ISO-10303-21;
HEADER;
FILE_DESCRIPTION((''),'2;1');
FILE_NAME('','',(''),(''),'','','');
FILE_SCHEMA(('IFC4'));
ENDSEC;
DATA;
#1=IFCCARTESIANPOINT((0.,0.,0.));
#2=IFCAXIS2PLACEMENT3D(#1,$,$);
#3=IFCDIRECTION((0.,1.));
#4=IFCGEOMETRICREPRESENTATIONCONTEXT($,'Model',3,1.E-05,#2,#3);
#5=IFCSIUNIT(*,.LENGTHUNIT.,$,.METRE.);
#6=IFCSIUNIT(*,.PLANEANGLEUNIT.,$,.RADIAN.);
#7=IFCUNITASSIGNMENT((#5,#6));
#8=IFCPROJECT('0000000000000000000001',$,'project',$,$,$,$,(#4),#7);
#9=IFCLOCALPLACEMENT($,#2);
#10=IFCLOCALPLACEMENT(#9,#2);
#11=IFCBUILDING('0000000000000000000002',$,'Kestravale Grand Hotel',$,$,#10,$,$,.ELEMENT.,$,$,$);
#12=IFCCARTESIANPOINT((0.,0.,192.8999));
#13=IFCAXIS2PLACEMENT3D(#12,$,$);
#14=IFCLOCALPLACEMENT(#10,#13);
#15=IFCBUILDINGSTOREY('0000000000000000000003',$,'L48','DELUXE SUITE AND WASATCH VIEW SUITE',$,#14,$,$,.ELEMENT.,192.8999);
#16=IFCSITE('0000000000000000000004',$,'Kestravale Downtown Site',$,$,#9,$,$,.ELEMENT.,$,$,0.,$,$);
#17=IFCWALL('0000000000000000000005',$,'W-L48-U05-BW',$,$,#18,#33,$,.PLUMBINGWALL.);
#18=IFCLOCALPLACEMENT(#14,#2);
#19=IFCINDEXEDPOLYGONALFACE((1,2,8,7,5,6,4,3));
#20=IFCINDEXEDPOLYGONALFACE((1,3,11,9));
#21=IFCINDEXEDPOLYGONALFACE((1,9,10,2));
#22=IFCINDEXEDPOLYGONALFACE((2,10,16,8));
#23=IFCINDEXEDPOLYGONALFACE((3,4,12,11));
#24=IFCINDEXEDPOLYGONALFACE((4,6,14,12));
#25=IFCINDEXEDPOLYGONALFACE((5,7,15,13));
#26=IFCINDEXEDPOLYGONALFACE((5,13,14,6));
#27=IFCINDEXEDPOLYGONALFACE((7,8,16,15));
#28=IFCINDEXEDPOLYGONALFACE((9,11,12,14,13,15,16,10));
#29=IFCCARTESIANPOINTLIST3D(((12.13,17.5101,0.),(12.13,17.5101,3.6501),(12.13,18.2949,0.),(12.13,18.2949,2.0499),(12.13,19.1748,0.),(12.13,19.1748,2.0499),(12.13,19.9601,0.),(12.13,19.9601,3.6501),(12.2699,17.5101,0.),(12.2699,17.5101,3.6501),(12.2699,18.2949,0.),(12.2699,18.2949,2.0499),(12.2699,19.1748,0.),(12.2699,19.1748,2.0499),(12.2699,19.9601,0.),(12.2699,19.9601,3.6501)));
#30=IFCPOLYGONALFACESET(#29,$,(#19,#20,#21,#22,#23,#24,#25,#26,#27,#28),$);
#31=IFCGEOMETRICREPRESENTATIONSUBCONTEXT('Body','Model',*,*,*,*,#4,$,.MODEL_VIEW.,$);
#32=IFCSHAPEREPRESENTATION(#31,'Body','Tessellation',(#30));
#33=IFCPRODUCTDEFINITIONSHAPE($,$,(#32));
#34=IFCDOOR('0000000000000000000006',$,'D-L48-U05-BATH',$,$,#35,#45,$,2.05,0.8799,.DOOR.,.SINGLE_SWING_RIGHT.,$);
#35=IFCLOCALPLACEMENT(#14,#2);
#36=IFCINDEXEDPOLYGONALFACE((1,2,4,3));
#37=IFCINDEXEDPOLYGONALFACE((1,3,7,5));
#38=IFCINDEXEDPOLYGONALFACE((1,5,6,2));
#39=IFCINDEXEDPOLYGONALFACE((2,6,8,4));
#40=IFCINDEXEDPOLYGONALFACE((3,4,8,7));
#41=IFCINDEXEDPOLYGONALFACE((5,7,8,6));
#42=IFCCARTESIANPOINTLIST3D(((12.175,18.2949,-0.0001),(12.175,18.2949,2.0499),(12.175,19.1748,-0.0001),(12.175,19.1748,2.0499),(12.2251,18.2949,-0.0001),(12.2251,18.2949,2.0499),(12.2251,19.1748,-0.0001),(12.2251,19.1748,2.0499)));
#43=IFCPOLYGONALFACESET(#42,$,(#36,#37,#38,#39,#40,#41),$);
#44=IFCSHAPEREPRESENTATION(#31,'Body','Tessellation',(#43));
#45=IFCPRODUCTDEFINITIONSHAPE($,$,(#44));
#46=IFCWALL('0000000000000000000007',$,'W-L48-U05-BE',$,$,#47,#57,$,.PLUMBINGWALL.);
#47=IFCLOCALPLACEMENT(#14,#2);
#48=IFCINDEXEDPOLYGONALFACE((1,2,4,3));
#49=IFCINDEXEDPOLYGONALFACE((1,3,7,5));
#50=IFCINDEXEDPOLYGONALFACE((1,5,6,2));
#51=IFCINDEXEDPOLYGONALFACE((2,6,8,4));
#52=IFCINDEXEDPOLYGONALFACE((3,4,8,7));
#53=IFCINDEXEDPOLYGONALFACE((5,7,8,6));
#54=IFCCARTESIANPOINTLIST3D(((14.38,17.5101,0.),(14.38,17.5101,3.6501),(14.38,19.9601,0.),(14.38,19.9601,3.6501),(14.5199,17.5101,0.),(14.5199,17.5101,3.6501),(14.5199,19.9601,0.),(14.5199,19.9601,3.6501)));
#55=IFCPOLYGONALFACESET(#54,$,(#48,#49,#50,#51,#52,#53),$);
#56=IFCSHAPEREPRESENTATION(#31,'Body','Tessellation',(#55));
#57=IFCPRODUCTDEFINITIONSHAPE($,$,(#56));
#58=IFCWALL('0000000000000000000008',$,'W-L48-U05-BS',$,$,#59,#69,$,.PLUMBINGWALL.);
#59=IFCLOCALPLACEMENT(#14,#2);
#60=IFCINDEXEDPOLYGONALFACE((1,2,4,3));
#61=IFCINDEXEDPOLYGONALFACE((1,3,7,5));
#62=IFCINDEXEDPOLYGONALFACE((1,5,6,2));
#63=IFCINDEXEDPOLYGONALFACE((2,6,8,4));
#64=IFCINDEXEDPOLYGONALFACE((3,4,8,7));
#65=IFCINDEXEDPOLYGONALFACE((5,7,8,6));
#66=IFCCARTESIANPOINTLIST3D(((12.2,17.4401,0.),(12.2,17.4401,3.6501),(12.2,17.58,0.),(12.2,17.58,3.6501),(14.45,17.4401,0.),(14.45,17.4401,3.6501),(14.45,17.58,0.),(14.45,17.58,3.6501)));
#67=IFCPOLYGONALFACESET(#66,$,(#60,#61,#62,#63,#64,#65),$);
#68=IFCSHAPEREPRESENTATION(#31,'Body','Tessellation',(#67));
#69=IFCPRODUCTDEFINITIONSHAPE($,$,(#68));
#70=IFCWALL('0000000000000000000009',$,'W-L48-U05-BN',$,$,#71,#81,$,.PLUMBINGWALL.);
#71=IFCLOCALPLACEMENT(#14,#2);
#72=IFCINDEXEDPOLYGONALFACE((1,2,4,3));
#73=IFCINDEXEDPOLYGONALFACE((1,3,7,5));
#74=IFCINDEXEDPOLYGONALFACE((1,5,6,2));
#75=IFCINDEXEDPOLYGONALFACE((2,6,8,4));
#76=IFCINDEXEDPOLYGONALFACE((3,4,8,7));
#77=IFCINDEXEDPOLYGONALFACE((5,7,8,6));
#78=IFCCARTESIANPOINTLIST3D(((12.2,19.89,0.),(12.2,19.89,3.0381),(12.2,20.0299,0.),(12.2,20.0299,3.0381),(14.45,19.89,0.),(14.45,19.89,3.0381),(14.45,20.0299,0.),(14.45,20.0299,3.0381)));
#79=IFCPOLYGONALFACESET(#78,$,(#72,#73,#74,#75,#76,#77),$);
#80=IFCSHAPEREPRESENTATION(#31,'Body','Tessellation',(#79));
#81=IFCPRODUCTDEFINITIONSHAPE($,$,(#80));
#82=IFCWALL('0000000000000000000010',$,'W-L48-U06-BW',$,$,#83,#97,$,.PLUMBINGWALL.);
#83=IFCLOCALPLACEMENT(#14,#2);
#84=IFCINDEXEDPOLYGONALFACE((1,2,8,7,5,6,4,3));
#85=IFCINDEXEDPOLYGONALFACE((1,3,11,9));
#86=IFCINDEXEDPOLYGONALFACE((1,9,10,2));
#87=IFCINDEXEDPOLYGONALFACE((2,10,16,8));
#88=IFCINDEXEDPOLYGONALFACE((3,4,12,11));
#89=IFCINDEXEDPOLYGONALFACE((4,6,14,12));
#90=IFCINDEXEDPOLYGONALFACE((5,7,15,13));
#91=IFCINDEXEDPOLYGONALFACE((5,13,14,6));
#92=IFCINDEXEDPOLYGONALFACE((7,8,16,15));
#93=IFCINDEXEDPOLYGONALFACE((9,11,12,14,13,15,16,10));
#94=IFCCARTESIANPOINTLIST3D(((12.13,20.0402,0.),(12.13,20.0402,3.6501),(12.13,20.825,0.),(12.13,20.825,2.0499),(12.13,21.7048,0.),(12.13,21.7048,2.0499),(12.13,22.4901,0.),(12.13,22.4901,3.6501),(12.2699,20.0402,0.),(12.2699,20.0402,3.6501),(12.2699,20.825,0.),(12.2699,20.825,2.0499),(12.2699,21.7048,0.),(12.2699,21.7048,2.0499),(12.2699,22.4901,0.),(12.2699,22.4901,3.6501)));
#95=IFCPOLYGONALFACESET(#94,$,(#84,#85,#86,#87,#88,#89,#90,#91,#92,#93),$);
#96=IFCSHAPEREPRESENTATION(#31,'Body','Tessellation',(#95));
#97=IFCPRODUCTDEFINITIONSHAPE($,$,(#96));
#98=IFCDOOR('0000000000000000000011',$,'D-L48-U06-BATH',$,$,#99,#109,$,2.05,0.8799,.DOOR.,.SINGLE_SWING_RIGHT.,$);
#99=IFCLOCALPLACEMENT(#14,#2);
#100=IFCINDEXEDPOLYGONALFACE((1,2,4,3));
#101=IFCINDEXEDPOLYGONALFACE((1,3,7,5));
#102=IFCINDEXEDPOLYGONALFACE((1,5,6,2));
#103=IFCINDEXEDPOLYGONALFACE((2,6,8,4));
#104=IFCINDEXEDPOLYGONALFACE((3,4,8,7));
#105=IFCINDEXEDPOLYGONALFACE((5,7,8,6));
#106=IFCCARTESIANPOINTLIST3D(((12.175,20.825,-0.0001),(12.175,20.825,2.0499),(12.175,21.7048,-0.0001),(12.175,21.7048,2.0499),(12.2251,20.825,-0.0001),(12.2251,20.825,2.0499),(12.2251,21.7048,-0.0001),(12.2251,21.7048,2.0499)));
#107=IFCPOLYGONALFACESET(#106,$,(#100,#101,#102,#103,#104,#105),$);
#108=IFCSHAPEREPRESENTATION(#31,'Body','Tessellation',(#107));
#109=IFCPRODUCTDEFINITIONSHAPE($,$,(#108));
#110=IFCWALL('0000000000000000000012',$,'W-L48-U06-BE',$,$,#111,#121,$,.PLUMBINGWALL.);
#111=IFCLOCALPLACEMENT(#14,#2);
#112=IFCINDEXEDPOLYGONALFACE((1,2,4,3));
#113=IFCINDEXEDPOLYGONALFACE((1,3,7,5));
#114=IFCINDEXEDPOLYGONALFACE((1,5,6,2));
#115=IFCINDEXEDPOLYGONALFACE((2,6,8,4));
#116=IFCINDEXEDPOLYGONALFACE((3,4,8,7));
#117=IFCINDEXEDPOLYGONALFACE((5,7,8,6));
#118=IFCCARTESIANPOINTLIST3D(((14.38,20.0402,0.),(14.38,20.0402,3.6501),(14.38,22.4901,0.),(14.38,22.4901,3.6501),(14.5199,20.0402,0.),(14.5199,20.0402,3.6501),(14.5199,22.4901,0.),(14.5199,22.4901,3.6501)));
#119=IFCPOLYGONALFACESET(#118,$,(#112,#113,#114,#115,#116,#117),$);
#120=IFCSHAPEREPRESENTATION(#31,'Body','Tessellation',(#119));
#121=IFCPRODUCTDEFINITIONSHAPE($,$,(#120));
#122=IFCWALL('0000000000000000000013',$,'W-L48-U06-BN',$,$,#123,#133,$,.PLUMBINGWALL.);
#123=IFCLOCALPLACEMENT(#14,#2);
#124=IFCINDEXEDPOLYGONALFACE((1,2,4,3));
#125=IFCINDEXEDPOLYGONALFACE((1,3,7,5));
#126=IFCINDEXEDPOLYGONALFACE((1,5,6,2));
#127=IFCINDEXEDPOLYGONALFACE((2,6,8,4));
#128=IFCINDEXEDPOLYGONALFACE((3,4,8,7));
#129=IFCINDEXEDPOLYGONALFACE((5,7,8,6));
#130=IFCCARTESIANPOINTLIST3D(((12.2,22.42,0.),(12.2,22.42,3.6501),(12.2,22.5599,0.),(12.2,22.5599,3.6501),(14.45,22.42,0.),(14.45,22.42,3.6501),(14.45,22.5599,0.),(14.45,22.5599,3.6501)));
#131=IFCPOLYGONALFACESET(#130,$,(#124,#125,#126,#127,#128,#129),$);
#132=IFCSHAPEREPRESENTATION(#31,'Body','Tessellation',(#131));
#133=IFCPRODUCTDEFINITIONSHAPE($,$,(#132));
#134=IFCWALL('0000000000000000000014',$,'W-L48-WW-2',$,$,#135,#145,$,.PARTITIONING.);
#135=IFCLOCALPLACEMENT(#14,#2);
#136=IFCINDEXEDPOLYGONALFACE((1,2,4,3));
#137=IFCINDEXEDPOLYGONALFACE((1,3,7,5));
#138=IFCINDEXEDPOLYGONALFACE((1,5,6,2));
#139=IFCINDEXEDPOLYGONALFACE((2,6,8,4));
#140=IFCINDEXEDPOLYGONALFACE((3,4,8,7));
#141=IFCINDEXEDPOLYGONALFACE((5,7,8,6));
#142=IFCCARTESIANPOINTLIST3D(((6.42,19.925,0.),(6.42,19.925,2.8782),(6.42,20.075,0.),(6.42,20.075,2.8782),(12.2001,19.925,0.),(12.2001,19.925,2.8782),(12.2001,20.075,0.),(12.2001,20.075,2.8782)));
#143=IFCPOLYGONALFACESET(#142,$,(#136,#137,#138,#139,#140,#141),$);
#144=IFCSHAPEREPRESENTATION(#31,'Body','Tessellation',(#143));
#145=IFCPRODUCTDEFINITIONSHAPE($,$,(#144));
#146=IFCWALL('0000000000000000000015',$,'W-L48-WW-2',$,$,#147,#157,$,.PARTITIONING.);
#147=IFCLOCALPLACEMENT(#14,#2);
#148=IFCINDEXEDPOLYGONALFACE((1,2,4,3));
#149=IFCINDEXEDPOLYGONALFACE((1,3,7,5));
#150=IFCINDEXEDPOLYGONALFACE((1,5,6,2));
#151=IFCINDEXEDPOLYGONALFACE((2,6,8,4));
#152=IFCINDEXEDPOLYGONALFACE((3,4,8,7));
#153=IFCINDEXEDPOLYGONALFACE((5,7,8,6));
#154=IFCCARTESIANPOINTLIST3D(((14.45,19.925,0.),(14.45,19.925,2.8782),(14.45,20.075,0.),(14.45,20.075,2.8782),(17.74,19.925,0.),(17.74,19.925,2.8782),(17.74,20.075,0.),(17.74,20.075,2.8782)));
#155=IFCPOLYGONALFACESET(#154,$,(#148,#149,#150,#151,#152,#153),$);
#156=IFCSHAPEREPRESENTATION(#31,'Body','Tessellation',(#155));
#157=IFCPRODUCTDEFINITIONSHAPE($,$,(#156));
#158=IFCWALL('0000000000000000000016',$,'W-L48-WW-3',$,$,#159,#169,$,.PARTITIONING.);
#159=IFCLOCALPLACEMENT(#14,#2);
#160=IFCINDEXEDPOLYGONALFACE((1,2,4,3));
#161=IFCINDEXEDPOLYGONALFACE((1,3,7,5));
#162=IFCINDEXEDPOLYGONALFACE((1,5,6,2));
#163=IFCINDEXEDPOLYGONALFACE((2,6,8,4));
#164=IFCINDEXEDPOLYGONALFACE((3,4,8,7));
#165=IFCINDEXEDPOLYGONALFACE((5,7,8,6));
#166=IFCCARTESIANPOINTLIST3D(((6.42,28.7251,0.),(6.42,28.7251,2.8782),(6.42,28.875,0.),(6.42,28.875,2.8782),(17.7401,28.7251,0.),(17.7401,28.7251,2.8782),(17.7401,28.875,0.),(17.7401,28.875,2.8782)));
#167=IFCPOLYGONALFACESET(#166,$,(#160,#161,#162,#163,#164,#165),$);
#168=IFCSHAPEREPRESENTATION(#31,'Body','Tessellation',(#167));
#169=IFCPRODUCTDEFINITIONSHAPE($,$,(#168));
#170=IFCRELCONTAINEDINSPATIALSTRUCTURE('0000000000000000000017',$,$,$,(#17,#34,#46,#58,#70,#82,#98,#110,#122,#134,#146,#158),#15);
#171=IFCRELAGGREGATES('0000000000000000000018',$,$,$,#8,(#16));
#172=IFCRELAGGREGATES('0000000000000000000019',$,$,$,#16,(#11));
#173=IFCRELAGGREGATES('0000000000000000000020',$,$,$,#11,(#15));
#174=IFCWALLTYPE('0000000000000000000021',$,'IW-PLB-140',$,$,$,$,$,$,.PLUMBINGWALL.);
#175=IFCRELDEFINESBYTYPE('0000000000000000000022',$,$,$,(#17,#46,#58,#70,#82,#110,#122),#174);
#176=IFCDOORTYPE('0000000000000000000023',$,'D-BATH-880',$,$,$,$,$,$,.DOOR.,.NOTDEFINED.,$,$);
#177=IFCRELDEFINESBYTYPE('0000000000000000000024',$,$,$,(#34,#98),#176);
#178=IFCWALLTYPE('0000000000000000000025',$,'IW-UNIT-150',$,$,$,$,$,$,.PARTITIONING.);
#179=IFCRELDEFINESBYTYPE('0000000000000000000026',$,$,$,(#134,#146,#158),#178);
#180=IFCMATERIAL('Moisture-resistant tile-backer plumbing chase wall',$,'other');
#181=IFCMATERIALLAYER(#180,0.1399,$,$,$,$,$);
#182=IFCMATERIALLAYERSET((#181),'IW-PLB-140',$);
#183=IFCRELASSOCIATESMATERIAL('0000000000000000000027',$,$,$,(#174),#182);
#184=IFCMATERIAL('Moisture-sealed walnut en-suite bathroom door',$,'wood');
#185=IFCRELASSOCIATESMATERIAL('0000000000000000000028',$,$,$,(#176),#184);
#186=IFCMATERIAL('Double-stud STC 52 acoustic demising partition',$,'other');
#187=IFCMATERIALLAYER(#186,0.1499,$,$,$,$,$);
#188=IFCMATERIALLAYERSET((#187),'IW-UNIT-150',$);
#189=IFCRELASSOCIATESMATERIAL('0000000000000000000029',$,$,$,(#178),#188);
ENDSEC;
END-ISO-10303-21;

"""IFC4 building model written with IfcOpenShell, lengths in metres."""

from ifc_helpers import new_model, si_unit, direction, frame, frame_2d, origin, place, context, subcontext, project, spatial, rectangle, extrude, material, layer, layer_set, type_object, element, fill, save


model = new_model("IFC4")

# Units and contexts
model_context = context("Model", 3, precision=1e-05, world=origin(), true_north=direction((0.0, 1.0)))
body_context = subcontext(model_context, "Body", "Model", "MODEL_VIEW")
ifc_project = project(units=[si_unit("LENGTHUNIT", "METRE"), si_unit("PLANEANGLEUNIT", "RADIAN")], contexts=[model_context])

# Site, building, storey
site_placement = place(None, origin())
site = spatial("IfcSite", under=ifc_project, at=site_placement, Name="Kestravale Downtown Site", CompositionType="ELEMENT", RefElevation=0.0)
building_placement = place(site_placement, origin())
building = spatial("IfcBuilding", under=site, at=building_placement, Name="Kestravale Grand Hotel", CompositionType="ELEMENT")
storey_placement = place(building_placement, frame((0.0, 0.0, 192.8999)))
storey = spatial("IfcBuildingStorey", under=building, at=storey_placement, Name="L48", Description="DELUXE SUITE AND WASATCH VIEW SUITE", CompositionType="ELEMENT", Elevation=192.8999)

# Wall, opening, door
ifc_material_1 = material(Name="Moisture-resistant tile-backer plumbing chase wall", Category="other")
ifc_layer_1 = layer(ifc_material_1, 0.1399)
ifc_layer_set_1 = layer_set([ifc_layer_1], Name="IW-PLB-140")
wall_type_1 = type_object("IfcWallType", Name="IW-PLB-140", PredefinedType="PLUMBINGWALL", material=ifc_layer_set_1)
wall_1_placement = place(storey_placement, frame((12.2, 17.51, 0.0), z_axis=(0.0, 0.0, 1.0), x_axis=(0.0, 1.0, 0.0)))
wall_1 = element("IfcWall", 1, at=wall_1_placement, inside=storey, type_object=wall_type_1, Name="W-L48-U05-BW", PredefinedType="PLUMBINGWALL", context=body_context, shape_type="SweptSolid", body=[
    extrude(rectangle(XDim=2.45, YDim=0.1399, at=frame_2d((1.2251, 0.0))), origin(), (0.0, 0.0, 1.0), 3.6501),
])
opening_1_placement = place(wall_1_placement, frame((0.7849, 0.0, 0.0)))
opening_1 = element("IfcOpeningElement", 2, at=opening_1_placement, cuts=wall_1, PredefinedType="OPENING", context=body_context, shape_type="SweptSolid", body=[
    extrude(rectangle(XDim=0.8799, YDim=2.05, at=frame_2d((0.4399, 1.0249))), frame((0.0, 0.0798, 0.0), z_axis=(0.0, -1.0, 0.0), x_axis=(1.0, 0.0, 0.0)), (0.0, 0.0, 1.0), 0.1599),
])
ifc_material_2 = material(Name="Moisture-sealed walnut en-suite bathroom door", Category="wood")
door_type = type_object("IfcDoorType", Name="D-BATH-880", OperationType="NOTDEFINED", PredefinedType="DOOR", material=ifc_material_2)
door_1_placement = place(opening_1_placement, origin())
door_1 = element("IfcDoor", 3, at=door_1_placement, inside=storey, type_object=door_type, Name="D-L48-U05-BATH", OperationType="SINGLE_SWING_RIGHT", OverallHeight=2.05, OverallWidth=0.8799, PredefinedType="DOOR", context=body_context, shape_type="SweptSolid", body=[
    extrude(rectangle(XDim=0.8799, YDim=2.05, at=frame_2d((0.4399, 1.0249))), frame((0.0, 0.0249, 0.0), z_axis=(0.0, -1.0, 0.0), x_axis=(1.0, 0.0, 0.0)), (0.0, 0.0, 1.0), 0.05),
])
fill(opening_1, door_1)

# Walls
wall_2_placement = place(storey_placement, frame((14.45, 17.51, 0.0), z_axis=(0.0, 0.0, 1.0), x_axis=(0.0, 1.0, 0.0)))
element("IfcWall", 4, at=wall_2_placement, inside=storey, type_object=wall_type_1, Name="W-L48-U05-BE", PredefinedType="PLUMBINGWALL", context=body_context, shape_type="SweptSolid", body=[
    extrude(rectangle(XDim=2.45, YDim=0.1399, at=frame_2d((1.2251, 0.0))), origin(), (0.0, 0.0, 1.0), 3.6501),
])
wall_3_placement = place(storey_placement, frame((12.2, 17.51, 0.0), z_axis=(0.0, 0.0, 1.0), x_axis=(1.0, 0.0, 0.0)))
element("IfcWall", 5, at=wall_3_placement, inside=storey, type_object=wall_type_1, Name="W-L48-U05-BS", PredefinedType="PLUMBINGWALL", context=body_context, shape_type="SweptSolid", body=[
    extrude(rectangle(XDim=2.25, YDim=0.1399, at=frame_2d((1.125, 0.0))), origin(), (0.0, 0.0, 1.0), 3.6501),
])
wall_4_placement = place(storey_placement, frame((12.2, 19.96, 0.0), z_axis=(0.0, 0.0, 1.0), x_axis=(1.0, 0.0, 0.0)))
element("IfcWall", 6, at=wall_4_placement, inside=storey, type_object=wall_type_1, Name="W-L48-U05-BN", PredefinedType="PLUMBINGWALL", context=body_context, shape_type="SweptSolid", body=[
    extrude(rectangle(XDim=2.25, YDim=0.1399, at=frame_2d((1.125, 0.0))), origin(), (0.0, 0.0, 1.0), 3.0381),
])

# Wall, opening, door
wall_5_placement = place(storey_placement, frame((12.2, 20.04, 0.0), z_axis=(0.0, 0.0, 1.0), x_axis=(0.0, 1.0, 0.0)))
wall_5 = element("IfcWall", 7, at=wall_5_placement, inside=storey, type_object=wall_type_1, Name="W-L48-U06-BW", PredefinedType="PLUMBINGWALL", context=body_context, shape_type="SweptSolid", body=[
    extrude(rectangle(XDim=2.45, YDim=0.1399, at=frame_2d((1.2251, 0.0))), origin(), (0.0, 0.0, 1.0), 3.6501),
])
opening_2_placement = place(wall_5_placement, frame((0.7849, 0.0, 0.0)))
opening_2 = element("IfcOpeningElement", 8, at=opening_2_placement, cuts=wall_5, PredefinedType="OPENING", context=body_context, shape_type="SweptSolid", body=[
    extrude(rectangle(XDim=0.8799, YDim=2.05, at=frame_2d((0.4399, 1.0249))), frame((0.0, 0.0798, 0.0), z_axis=(0.0, -1.0, 0.0), x_axis=(1.0, 0.0, 0.0)), (0.0, 0.0, 1.0), 0.1599),
])
door_2_placement = place(opening_2_placement, origin())
door_2 = element("IfcDoor", 9, at=door_2_placement, inside=storey, type_object=door_type, Name="D-L48-U06-BATH", OperationType="SINGLE_SWING_RIGHT", OverallHeight=2.05, OverallWidth=0.8799, PredefinedType="DOOR", context=body_context, shape_type="SweptSolid", body=[
    extrude(rectangle(XDim=0.8799, YDim=2.05, at=frame_2d((0.4399, 1.0249))), frame((0.0, 0.0249, 0.0), z_axis=(0.0, -1.0, 0.0), x_axis=(1.0, 0.0, 0.0)), (0.0, 0.0, 1.0), 0.05),
])
fill(opening_2, door_2)

# Walls
wall_6_placement = place(storey_placement, frame((14.45, 20.04, 0.0), z_axis=(0.0, 0.0, 1.0), x_axis=(0.0, 1.0, 0.0)))
element("IfcWall", 10, at=wall_6_placement, inside=storey, type_object=wall_type_1, Name="W-L48-U06-BE", PredefinedType="PLUMBINGWALL", context=body_context, shape_type="SweptSolid", body=[
    extrude(rectangle(XDim=2.45, YDim=0.1399, at=frame_2d((1.2251, 0.0))), origin(), (0.0, 0.0, 1.0), 3.6501),
])
wall_7_placement = place(storey_placement, frame((12.2, 22.49, 0.0), z_axis=(0.0, 0.0, 1.0), x_axis=(1.0, 0.0, 0.0)))
element("IfcWall", 11, at=wall_7_placement, inside=storey, type_object=wall_type_1, Name="W-L48-U06-BN", PredefinedType="PLUMBINGWALL", context=body_context, shape_type="SweptSolid", body=[
    extrude(rectangle(XDim=2.25, YDim=0.1399, at=frame_2d((1.125, 0.0))), origin(), (0.0, 0.0, 1.0), 3.6501),
])
ifc_material_3 = material(Name="Double-stud STC 52 acoustic demising partition", Category="other")
ifc_layer_2 = layer(ifc_material_3, 0.1499)
ifc_layer_set_2 = layer_set([ifc_layer_2], Name="IW-UNIT-150")
wall_type_2 = type_object("IfcWallType", Name="IW-UNIT-150", PredefinedType="PARTITIONING", material=ifc_layer_set_2)
wall_8_placement = place(storey_placement, frame((6.4199, 20.0, 0.0), z_axis=(0.0, 0.0, 1.0), x_axis=(1.0, 0.0, 0.0)))
element("IfcWall", 12, at=wall_8_placement, inside=storey, type_object=wall_type_2, Name="W-L48-WW-2", PredefinedType="PARTITIONING", context=body_context, shape_type="SweptSolid", body=[
    extrude(rectangle(XDim=5.78, YDim=0.1499, at=frame_2d((2.8901, 0.0))), origin(), (0.0, 0.0, 1.0), 2.8782),
])
wall_9_placement = place(storey_placement, frame((14.45, 20.0, 0.0), z_axis=(0.0, 0.0, 1.0), x_axis=(1.0, 0.0, 0.0)))
element("IfcWall", 13, at=wall_9_placement, inside=storey, type_object=wall_type_2, Name="W-L48-WW-2", PredefinedType="PARTITIONING", context=body_context, shape_type="SweptSolid", body=[
    extrude(rectangle(XDim=3.29, YDim=0.1499, at=frame_2d((1.645, 0.0))), origin(), (0.0, 0.0, 1.0), 2.8782),
])
wall_10_placement = place(storey_placement, frame((6.4199, 28.8, 0.0), z_axis=(0.0, 0.0, 1.0), x_axis=(1.0, 0.0, 0.0)))
element("IfcWall", 14, at=wall_10_placement, inside=storey, type_object=wall_type_2, Name="W-L48-WW-3", PredefinedType="PARTITIONING", context=body_context, shape_type="SweptSolid", body=[
    extrude(rectangle(XDim=11.3201, YDim=0.1499, at=frame_2d((5.6602, 0.0))), origin(), (0.0, 0.0, 1.0), 2.8782),
])

save(model, "model.ifc")
